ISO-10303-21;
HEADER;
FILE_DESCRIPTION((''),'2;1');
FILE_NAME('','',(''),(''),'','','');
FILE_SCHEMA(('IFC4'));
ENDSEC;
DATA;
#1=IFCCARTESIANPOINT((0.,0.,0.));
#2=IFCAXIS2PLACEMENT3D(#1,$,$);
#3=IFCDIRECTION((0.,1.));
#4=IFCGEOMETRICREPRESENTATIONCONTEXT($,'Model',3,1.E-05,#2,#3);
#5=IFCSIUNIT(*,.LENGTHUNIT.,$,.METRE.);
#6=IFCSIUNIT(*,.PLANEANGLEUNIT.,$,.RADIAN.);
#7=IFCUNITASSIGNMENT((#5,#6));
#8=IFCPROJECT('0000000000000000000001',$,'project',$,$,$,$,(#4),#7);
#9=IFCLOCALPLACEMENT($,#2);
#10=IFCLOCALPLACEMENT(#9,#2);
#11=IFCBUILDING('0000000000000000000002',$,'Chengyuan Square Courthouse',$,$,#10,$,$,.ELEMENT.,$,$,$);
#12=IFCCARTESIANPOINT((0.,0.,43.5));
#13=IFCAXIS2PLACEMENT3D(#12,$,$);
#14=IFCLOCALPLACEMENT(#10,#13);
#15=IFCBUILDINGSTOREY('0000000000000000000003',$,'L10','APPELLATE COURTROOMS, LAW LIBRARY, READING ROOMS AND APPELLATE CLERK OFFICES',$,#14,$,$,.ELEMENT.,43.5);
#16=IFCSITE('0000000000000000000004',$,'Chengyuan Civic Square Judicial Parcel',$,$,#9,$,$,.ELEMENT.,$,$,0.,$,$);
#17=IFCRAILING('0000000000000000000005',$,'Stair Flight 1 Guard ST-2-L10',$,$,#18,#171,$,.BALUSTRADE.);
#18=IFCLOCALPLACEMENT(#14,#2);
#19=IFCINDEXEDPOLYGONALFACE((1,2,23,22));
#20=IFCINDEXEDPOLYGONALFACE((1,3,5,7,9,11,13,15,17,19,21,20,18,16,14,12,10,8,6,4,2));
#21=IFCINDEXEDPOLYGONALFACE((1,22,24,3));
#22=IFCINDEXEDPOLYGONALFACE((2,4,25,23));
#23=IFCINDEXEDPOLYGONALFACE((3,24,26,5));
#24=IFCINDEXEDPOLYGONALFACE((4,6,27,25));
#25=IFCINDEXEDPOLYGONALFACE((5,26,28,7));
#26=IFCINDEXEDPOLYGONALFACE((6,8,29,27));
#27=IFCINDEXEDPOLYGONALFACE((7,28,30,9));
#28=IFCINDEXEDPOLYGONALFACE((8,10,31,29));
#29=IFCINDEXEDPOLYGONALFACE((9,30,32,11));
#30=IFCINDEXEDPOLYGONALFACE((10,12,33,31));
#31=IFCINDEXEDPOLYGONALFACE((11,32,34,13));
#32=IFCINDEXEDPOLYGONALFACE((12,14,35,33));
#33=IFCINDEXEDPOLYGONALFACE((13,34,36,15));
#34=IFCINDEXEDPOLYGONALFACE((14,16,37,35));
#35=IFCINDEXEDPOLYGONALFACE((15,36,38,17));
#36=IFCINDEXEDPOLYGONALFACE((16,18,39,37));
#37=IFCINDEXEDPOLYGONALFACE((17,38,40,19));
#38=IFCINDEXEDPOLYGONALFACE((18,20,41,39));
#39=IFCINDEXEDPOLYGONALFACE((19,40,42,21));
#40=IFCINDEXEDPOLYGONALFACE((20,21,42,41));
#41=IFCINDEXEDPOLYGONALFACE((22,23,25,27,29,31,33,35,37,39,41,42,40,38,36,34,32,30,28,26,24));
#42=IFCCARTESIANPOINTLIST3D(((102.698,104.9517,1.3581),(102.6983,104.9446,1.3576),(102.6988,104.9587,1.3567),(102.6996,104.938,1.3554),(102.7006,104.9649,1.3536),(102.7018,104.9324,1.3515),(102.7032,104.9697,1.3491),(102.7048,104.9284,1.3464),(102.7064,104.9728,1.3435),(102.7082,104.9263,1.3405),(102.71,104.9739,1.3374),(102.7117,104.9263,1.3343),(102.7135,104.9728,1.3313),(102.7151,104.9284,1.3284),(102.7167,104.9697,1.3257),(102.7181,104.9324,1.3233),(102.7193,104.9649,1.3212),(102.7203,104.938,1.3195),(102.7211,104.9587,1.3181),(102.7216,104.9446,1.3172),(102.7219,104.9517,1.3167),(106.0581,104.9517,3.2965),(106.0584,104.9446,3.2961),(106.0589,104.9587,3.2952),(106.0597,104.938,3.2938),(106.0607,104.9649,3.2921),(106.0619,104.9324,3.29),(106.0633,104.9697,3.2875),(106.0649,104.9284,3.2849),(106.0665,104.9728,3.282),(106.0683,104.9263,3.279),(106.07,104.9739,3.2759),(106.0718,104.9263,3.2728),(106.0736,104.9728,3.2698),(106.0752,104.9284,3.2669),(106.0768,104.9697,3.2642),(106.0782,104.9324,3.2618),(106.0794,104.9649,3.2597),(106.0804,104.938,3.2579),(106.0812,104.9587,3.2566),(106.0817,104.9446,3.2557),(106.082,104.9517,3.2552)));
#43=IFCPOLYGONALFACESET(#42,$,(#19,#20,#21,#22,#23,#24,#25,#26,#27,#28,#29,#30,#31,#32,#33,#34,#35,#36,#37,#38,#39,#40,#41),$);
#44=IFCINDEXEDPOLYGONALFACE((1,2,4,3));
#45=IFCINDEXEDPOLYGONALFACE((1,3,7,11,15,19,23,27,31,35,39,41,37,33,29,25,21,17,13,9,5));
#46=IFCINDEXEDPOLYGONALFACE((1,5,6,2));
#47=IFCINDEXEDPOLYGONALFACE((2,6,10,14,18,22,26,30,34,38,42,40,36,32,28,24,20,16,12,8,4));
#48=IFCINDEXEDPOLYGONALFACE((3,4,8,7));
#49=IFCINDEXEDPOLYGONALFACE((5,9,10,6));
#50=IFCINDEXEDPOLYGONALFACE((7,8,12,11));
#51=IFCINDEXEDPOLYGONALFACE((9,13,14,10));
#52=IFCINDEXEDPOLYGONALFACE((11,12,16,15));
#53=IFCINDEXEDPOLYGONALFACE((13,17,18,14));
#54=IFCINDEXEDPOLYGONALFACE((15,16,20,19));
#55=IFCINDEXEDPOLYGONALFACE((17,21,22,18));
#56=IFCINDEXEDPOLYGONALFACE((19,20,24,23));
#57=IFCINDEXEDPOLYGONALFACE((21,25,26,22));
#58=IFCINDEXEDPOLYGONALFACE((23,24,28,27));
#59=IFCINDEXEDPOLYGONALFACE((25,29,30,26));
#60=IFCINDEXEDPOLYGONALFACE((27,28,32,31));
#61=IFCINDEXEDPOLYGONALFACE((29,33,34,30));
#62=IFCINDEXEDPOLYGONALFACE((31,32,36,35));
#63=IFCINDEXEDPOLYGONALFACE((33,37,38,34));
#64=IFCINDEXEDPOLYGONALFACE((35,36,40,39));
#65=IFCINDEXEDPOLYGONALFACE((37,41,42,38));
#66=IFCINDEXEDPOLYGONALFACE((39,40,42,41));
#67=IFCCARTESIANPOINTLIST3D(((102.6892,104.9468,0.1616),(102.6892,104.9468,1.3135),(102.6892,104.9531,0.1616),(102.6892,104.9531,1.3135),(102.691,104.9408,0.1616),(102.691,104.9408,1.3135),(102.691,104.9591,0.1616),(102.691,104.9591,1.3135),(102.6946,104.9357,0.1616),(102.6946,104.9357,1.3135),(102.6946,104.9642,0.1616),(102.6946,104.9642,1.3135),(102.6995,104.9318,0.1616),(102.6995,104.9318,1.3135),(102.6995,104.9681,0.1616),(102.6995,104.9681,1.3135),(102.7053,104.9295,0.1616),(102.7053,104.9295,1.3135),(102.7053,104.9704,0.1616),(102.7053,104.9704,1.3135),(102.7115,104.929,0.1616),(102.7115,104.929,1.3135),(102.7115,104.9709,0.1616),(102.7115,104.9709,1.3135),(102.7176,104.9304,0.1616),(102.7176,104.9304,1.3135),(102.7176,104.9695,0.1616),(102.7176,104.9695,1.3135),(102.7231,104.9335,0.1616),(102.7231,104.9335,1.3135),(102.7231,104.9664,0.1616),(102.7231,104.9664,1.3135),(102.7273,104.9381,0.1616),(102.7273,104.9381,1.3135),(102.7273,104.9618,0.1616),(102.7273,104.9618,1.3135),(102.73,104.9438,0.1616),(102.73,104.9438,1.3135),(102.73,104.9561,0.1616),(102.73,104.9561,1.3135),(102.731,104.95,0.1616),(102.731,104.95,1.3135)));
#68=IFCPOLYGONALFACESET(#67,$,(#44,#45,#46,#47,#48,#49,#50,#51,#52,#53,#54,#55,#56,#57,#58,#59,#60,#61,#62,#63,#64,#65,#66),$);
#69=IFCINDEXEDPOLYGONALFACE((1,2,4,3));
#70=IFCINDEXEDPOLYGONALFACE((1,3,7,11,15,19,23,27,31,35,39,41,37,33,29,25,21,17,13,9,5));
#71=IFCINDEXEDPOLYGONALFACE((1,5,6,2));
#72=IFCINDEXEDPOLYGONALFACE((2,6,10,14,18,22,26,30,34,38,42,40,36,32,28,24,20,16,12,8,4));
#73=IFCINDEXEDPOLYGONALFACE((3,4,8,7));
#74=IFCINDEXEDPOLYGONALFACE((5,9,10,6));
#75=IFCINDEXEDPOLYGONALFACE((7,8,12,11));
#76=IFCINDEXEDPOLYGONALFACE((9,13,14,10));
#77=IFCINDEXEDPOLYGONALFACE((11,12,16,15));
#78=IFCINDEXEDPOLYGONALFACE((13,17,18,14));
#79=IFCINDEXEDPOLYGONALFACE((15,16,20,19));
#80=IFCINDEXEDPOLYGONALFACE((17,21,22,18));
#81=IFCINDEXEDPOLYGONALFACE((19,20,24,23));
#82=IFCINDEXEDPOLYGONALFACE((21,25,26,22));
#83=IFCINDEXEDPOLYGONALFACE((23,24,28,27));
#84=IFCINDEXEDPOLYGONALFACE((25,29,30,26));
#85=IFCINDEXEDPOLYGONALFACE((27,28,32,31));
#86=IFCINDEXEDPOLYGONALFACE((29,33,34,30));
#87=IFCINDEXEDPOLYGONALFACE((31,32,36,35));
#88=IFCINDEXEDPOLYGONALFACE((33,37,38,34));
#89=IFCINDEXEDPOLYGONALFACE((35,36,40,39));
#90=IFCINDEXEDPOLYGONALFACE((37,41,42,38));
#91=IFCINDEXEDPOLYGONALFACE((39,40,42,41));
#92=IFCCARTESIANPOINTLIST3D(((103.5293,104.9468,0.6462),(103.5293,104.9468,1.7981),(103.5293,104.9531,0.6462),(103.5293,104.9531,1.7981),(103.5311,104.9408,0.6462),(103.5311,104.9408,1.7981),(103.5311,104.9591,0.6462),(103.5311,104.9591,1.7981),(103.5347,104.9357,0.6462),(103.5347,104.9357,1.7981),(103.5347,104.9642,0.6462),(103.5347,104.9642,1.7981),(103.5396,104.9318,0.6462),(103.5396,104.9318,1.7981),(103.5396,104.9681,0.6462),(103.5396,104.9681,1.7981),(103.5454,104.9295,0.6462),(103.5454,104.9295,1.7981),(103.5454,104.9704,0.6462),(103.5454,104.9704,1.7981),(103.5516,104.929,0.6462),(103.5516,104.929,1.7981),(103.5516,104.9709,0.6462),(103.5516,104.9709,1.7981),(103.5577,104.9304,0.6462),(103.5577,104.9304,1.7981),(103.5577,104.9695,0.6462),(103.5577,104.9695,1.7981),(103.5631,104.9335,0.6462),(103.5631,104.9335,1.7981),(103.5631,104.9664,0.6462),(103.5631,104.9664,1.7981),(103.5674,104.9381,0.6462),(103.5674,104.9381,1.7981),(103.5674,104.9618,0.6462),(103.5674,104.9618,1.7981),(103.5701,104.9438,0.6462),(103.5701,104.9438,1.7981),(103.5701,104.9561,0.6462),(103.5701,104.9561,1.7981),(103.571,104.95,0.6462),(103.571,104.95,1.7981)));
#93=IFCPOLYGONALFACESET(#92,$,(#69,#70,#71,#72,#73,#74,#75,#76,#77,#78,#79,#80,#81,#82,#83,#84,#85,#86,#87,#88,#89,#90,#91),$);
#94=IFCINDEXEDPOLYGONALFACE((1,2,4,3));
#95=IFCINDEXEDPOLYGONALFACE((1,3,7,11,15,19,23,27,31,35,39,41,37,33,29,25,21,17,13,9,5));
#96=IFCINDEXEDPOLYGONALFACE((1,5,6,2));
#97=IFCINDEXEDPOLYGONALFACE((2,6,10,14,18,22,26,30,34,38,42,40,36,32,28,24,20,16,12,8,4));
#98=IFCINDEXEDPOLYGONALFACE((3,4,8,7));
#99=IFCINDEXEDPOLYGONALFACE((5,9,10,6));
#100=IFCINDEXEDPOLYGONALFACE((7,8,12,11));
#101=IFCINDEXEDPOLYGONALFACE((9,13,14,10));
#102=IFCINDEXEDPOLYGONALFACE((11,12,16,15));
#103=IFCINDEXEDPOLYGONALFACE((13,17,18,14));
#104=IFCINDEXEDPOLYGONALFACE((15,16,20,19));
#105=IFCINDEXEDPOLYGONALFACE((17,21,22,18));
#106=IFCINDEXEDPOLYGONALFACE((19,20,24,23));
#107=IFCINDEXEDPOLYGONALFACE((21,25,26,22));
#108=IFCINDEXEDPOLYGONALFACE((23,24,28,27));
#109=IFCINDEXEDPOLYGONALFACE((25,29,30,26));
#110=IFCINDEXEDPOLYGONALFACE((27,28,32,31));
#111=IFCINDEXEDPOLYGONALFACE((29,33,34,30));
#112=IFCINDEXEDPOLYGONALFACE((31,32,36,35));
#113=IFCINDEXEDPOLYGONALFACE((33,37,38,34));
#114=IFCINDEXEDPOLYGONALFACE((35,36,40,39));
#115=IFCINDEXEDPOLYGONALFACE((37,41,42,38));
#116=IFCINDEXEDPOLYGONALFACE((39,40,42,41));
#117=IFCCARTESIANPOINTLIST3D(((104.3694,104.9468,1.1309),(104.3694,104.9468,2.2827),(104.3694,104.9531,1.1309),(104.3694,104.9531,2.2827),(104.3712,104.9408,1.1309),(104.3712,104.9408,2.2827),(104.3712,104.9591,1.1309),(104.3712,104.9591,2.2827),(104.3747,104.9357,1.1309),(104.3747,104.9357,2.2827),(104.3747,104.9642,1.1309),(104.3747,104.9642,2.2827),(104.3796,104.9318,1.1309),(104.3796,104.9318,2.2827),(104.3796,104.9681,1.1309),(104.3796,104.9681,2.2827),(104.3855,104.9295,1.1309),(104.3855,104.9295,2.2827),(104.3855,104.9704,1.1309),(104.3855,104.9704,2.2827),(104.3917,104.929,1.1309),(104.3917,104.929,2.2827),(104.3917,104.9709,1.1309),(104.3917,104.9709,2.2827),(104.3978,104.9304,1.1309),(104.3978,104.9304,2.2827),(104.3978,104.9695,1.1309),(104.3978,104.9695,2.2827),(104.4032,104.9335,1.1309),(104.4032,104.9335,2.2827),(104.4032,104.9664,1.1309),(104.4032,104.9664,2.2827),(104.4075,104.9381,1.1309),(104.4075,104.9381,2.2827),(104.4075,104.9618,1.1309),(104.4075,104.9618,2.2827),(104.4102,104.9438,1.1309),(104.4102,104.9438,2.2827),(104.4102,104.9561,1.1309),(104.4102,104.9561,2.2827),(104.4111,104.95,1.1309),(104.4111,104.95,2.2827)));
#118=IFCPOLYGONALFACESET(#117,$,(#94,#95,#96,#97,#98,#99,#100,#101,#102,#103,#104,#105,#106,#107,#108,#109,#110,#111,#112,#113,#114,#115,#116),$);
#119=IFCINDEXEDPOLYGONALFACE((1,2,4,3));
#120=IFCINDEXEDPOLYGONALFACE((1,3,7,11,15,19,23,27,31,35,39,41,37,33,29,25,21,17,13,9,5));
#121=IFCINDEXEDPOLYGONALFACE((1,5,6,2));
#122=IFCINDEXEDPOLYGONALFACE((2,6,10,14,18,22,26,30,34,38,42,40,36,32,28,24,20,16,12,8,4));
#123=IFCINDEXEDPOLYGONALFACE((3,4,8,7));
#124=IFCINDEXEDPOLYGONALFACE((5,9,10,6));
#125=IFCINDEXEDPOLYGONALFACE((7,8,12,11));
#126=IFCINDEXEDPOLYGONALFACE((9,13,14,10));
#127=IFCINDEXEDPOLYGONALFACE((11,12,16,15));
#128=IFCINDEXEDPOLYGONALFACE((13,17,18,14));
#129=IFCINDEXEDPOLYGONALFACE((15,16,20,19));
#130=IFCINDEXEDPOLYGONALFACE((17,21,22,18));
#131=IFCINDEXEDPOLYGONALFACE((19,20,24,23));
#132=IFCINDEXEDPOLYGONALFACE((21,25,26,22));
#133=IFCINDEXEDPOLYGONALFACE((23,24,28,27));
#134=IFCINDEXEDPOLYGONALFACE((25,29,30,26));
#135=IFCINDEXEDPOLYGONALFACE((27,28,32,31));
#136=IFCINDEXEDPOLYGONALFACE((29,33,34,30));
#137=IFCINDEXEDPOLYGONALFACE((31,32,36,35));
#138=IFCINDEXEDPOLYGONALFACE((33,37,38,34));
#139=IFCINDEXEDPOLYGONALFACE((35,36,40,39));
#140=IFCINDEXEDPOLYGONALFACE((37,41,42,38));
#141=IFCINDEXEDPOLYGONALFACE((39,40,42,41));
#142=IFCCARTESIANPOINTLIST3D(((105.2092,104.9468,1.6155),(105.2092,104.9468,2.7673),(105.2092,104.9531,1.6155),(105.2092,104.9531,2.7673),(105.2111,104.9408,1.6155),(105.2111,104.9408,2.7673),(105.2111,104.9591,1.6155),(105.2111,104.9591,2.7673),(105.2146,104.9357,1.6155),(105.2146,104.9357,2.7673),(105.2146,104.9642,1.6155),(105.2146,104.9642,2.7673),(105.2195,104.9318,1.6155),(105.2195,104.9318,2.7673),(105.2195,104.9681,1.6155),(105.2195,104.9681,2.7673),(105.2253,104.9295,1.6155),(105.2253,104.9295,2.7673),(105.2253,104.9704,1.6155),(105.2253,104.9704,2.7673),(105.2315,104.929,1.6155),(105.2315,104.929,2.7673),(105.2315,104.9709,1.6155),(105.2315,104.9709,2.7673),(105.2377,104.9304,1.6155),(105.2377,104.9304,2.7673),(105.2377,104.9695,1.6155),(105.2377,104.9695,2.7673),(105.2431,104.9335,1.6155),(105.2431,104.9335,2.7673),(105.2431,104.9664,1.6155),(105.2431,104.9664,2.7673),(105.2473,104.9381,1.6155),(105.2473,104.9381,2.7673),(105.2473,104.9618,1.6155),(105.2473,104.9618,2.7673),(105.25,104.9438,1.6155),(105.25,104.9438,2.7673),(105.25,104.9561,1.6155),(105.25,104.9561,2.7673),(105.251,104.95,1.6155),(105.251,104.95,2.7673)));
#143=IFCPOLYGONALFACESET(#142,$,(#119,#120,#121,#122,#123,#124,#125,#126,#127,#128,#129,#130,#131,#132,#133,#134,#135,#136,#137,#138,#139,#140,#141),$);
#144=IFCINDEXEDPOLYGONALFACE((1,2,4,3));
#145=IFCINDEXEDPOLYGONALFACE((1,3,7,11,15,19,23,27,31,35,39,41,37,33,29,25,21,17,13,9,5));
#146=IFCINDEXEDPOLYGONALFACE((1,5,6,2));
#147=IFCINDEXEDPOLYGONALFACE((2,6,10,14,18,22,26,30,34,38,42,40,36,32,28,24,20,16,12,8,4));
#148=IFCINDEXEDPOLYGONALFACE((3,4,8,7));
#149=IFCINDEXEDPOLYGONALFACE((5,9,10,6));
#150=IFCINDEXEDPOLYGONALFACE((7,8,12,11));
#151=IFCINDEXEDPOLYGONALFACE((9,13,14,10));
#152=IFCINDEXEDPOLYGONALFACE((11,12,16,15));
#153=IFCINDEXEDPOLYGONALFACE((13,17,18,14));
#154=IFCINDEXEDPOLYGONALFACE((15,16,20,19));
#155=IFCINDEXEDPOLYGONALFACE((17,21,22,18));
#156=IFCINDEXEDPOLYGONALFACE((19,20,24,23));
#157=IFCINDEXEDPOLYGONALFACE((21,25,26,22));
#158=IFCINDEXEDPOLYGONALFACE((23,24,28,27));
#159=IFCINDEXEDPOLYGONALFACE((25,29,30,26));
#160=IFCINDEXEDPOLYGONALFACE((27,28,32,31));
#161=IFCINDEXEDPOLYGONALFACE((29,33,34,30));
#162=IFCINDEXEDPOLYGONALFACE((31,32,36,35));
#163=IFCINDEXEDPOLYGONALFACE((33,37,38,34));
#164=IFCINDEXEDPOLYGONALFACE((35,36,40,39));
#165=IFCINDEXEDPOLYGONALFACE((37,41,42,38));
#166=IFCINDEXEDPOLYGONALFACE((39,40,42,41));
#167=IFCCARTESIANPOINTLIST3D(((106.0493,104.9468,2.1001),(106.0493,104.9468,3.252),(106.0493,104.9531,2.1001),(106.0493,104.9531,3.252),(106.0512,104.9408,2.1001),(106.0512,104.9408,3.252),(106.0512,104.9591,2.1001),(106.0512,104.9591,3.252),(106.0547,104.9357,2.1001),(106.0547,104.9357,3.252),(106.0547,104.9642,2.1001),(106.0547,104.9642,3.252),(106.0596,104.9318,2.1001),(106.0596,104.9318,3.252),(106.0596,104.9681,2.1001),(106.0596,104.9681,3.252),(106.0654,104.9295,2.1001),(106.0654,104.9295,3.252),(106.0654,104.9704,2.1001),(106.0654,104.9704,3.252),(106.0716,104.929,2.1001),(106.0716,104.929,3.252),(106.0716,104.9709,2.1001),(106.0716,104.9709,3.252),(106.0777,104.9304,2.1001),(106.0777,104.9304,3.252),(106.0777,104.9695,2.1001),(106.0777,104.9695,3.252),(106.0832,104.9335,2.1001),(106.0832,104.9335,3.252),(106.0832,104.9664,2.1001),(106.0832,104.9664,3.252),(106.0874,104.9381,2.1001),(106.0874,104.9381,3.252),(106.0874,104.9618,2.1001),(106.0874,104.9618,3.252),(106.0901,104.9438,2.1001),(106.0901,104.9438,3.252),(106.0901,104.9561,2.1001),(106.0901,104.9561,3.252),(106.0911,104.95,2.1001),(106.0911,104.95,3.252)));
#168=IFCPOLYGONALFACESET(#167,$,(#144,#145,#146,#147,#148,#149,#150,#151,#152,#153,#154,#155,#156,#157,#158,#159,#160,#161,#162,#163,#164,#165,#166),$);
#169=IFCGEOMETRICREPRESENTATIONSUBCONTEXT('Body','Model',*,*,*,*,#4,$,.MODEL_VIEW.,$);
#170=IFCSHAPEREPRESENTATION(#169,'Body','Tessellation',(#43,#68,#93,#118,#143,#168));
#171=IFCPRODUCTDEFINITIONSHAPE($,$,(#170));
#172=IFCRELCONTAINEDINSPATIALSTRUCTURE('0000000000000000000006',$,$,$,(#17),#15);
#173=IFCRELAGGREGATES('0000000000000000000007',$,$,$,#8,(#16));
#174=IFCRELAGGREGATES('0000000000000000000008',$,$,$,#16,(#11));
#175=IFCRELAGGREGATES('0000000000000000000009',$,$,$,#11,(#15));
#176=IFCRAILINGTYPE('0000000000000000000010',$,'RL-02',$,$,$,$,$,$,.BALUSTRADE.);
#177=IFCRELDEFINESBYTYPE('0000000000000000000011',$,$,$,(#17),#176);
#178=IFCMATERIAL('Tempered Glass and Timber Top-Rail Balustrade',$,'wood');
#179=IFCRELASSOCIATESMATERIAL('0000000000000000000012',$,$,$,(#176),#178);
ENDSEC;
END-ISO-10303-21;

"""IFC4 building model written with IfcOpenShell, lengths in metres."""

from ifc_helpers import new_model, si_unit, direction, frame, origin, origin_2d, place, context, subcontext, project, spatial, circle, extrude, material, type_object, element, save


model = new_model("IFC4")

# Units and contexts
model_context = context("Model", 3, precision=1e-05, world=origin(), true_north=direction((0.0, 1.0)))
body_context = subcontext(model_context, "Body", "Model", "MODEL_VIEW")
ifc_project = project(units=[si_unit("LENGTHUNIT", "METRE"), si_unit("PLANEANGLEUNIT", "RADIAN")], contexts=[model_context])

# Site, building, storey
site_placement = place(None, origin())
site = spatial("IfcSite", under=ifc_project, at=site_placement, Name="Chengyuan Civic Square Judicial Parcel", CompositionType="ELEMENT", RefElevation=0.0)
building_placement = place(site_placement, origin())
building = spatial("IfcBuilding", under=site, at=building_placement, Name="Chengyuan Square Courthouse", CompositionType="ELEMENT")
storey_placement = place(building_placement, frame((0.0, 0.0, 43.5)))
storey = spatial("IfcBuildingStorey", under=building, at=storey_placement, Name="L10", Description="APPELLATE COURTROOMS, LAW LIBRARY, READING ROOMS AND APPELLATE CLERK OFFICES", CompositionType="ELEMENT", Elevation=43.5)

# Railing
ifc_material_1 = material(Name="Tempered Glass and Timber Top-Rail Balustrade", Category="wood")
railing_type_1 = type_object("IfcRailingType", Name="RL-02", PredefinedType="BALUSTRADE", material=ifc_material_1)
railing_1_placement = place(storey_placement, frame((102.71, 104.95, 0.1616)))
element("IfcRailing", 1, at=railing_1_placement, inside=storey, type_object=railing_type_1, Name="Stair Flight 1 Guard ST-2-L10", PredefinedType="BALUSTRADE", context=body_context, shape_type="SweptSolid", body=[
    extrude(circle(Radius=0.0239, at=origin_2d()), frame((0.0, 0.0, 1.1758), z_axis=(0.866191, 0.0, 0.499713), x_axis=(0.0, 1.0, 0.0)), (0.0, 0.0, 1.0), 3.8792),
    extrude(circle(Radius=0.021, at=origin_2d()), origin(), (0.0, 0.0, 1.0), 1.1519),
    extrude(circle(Radius=0.021, at=origin_2d()), frame((0.8401, 0.0, 0.4846)), (0.0, 0.0, 1.0), 1.1519),
    extrude(circle(Radius=0.021, at=origin_2d()), frame((1.6802, 0.0, 0.9692)), (0.0, 0.0, 1.0), 1.1519),
    extrude(circle(Radius=0.021, at=origin_2d()), frame((2.52, 0.0, 1.4539)), (0.0, 0.0, 1.0), 1.1519),
    extrude(circle(Radius=0.021, at=origin_2d()), frame((3.3601, 0.0, 1.9385)), (0.0, 0.0, 1.0), 1.1519),
])

save(model, "model.ifc")
